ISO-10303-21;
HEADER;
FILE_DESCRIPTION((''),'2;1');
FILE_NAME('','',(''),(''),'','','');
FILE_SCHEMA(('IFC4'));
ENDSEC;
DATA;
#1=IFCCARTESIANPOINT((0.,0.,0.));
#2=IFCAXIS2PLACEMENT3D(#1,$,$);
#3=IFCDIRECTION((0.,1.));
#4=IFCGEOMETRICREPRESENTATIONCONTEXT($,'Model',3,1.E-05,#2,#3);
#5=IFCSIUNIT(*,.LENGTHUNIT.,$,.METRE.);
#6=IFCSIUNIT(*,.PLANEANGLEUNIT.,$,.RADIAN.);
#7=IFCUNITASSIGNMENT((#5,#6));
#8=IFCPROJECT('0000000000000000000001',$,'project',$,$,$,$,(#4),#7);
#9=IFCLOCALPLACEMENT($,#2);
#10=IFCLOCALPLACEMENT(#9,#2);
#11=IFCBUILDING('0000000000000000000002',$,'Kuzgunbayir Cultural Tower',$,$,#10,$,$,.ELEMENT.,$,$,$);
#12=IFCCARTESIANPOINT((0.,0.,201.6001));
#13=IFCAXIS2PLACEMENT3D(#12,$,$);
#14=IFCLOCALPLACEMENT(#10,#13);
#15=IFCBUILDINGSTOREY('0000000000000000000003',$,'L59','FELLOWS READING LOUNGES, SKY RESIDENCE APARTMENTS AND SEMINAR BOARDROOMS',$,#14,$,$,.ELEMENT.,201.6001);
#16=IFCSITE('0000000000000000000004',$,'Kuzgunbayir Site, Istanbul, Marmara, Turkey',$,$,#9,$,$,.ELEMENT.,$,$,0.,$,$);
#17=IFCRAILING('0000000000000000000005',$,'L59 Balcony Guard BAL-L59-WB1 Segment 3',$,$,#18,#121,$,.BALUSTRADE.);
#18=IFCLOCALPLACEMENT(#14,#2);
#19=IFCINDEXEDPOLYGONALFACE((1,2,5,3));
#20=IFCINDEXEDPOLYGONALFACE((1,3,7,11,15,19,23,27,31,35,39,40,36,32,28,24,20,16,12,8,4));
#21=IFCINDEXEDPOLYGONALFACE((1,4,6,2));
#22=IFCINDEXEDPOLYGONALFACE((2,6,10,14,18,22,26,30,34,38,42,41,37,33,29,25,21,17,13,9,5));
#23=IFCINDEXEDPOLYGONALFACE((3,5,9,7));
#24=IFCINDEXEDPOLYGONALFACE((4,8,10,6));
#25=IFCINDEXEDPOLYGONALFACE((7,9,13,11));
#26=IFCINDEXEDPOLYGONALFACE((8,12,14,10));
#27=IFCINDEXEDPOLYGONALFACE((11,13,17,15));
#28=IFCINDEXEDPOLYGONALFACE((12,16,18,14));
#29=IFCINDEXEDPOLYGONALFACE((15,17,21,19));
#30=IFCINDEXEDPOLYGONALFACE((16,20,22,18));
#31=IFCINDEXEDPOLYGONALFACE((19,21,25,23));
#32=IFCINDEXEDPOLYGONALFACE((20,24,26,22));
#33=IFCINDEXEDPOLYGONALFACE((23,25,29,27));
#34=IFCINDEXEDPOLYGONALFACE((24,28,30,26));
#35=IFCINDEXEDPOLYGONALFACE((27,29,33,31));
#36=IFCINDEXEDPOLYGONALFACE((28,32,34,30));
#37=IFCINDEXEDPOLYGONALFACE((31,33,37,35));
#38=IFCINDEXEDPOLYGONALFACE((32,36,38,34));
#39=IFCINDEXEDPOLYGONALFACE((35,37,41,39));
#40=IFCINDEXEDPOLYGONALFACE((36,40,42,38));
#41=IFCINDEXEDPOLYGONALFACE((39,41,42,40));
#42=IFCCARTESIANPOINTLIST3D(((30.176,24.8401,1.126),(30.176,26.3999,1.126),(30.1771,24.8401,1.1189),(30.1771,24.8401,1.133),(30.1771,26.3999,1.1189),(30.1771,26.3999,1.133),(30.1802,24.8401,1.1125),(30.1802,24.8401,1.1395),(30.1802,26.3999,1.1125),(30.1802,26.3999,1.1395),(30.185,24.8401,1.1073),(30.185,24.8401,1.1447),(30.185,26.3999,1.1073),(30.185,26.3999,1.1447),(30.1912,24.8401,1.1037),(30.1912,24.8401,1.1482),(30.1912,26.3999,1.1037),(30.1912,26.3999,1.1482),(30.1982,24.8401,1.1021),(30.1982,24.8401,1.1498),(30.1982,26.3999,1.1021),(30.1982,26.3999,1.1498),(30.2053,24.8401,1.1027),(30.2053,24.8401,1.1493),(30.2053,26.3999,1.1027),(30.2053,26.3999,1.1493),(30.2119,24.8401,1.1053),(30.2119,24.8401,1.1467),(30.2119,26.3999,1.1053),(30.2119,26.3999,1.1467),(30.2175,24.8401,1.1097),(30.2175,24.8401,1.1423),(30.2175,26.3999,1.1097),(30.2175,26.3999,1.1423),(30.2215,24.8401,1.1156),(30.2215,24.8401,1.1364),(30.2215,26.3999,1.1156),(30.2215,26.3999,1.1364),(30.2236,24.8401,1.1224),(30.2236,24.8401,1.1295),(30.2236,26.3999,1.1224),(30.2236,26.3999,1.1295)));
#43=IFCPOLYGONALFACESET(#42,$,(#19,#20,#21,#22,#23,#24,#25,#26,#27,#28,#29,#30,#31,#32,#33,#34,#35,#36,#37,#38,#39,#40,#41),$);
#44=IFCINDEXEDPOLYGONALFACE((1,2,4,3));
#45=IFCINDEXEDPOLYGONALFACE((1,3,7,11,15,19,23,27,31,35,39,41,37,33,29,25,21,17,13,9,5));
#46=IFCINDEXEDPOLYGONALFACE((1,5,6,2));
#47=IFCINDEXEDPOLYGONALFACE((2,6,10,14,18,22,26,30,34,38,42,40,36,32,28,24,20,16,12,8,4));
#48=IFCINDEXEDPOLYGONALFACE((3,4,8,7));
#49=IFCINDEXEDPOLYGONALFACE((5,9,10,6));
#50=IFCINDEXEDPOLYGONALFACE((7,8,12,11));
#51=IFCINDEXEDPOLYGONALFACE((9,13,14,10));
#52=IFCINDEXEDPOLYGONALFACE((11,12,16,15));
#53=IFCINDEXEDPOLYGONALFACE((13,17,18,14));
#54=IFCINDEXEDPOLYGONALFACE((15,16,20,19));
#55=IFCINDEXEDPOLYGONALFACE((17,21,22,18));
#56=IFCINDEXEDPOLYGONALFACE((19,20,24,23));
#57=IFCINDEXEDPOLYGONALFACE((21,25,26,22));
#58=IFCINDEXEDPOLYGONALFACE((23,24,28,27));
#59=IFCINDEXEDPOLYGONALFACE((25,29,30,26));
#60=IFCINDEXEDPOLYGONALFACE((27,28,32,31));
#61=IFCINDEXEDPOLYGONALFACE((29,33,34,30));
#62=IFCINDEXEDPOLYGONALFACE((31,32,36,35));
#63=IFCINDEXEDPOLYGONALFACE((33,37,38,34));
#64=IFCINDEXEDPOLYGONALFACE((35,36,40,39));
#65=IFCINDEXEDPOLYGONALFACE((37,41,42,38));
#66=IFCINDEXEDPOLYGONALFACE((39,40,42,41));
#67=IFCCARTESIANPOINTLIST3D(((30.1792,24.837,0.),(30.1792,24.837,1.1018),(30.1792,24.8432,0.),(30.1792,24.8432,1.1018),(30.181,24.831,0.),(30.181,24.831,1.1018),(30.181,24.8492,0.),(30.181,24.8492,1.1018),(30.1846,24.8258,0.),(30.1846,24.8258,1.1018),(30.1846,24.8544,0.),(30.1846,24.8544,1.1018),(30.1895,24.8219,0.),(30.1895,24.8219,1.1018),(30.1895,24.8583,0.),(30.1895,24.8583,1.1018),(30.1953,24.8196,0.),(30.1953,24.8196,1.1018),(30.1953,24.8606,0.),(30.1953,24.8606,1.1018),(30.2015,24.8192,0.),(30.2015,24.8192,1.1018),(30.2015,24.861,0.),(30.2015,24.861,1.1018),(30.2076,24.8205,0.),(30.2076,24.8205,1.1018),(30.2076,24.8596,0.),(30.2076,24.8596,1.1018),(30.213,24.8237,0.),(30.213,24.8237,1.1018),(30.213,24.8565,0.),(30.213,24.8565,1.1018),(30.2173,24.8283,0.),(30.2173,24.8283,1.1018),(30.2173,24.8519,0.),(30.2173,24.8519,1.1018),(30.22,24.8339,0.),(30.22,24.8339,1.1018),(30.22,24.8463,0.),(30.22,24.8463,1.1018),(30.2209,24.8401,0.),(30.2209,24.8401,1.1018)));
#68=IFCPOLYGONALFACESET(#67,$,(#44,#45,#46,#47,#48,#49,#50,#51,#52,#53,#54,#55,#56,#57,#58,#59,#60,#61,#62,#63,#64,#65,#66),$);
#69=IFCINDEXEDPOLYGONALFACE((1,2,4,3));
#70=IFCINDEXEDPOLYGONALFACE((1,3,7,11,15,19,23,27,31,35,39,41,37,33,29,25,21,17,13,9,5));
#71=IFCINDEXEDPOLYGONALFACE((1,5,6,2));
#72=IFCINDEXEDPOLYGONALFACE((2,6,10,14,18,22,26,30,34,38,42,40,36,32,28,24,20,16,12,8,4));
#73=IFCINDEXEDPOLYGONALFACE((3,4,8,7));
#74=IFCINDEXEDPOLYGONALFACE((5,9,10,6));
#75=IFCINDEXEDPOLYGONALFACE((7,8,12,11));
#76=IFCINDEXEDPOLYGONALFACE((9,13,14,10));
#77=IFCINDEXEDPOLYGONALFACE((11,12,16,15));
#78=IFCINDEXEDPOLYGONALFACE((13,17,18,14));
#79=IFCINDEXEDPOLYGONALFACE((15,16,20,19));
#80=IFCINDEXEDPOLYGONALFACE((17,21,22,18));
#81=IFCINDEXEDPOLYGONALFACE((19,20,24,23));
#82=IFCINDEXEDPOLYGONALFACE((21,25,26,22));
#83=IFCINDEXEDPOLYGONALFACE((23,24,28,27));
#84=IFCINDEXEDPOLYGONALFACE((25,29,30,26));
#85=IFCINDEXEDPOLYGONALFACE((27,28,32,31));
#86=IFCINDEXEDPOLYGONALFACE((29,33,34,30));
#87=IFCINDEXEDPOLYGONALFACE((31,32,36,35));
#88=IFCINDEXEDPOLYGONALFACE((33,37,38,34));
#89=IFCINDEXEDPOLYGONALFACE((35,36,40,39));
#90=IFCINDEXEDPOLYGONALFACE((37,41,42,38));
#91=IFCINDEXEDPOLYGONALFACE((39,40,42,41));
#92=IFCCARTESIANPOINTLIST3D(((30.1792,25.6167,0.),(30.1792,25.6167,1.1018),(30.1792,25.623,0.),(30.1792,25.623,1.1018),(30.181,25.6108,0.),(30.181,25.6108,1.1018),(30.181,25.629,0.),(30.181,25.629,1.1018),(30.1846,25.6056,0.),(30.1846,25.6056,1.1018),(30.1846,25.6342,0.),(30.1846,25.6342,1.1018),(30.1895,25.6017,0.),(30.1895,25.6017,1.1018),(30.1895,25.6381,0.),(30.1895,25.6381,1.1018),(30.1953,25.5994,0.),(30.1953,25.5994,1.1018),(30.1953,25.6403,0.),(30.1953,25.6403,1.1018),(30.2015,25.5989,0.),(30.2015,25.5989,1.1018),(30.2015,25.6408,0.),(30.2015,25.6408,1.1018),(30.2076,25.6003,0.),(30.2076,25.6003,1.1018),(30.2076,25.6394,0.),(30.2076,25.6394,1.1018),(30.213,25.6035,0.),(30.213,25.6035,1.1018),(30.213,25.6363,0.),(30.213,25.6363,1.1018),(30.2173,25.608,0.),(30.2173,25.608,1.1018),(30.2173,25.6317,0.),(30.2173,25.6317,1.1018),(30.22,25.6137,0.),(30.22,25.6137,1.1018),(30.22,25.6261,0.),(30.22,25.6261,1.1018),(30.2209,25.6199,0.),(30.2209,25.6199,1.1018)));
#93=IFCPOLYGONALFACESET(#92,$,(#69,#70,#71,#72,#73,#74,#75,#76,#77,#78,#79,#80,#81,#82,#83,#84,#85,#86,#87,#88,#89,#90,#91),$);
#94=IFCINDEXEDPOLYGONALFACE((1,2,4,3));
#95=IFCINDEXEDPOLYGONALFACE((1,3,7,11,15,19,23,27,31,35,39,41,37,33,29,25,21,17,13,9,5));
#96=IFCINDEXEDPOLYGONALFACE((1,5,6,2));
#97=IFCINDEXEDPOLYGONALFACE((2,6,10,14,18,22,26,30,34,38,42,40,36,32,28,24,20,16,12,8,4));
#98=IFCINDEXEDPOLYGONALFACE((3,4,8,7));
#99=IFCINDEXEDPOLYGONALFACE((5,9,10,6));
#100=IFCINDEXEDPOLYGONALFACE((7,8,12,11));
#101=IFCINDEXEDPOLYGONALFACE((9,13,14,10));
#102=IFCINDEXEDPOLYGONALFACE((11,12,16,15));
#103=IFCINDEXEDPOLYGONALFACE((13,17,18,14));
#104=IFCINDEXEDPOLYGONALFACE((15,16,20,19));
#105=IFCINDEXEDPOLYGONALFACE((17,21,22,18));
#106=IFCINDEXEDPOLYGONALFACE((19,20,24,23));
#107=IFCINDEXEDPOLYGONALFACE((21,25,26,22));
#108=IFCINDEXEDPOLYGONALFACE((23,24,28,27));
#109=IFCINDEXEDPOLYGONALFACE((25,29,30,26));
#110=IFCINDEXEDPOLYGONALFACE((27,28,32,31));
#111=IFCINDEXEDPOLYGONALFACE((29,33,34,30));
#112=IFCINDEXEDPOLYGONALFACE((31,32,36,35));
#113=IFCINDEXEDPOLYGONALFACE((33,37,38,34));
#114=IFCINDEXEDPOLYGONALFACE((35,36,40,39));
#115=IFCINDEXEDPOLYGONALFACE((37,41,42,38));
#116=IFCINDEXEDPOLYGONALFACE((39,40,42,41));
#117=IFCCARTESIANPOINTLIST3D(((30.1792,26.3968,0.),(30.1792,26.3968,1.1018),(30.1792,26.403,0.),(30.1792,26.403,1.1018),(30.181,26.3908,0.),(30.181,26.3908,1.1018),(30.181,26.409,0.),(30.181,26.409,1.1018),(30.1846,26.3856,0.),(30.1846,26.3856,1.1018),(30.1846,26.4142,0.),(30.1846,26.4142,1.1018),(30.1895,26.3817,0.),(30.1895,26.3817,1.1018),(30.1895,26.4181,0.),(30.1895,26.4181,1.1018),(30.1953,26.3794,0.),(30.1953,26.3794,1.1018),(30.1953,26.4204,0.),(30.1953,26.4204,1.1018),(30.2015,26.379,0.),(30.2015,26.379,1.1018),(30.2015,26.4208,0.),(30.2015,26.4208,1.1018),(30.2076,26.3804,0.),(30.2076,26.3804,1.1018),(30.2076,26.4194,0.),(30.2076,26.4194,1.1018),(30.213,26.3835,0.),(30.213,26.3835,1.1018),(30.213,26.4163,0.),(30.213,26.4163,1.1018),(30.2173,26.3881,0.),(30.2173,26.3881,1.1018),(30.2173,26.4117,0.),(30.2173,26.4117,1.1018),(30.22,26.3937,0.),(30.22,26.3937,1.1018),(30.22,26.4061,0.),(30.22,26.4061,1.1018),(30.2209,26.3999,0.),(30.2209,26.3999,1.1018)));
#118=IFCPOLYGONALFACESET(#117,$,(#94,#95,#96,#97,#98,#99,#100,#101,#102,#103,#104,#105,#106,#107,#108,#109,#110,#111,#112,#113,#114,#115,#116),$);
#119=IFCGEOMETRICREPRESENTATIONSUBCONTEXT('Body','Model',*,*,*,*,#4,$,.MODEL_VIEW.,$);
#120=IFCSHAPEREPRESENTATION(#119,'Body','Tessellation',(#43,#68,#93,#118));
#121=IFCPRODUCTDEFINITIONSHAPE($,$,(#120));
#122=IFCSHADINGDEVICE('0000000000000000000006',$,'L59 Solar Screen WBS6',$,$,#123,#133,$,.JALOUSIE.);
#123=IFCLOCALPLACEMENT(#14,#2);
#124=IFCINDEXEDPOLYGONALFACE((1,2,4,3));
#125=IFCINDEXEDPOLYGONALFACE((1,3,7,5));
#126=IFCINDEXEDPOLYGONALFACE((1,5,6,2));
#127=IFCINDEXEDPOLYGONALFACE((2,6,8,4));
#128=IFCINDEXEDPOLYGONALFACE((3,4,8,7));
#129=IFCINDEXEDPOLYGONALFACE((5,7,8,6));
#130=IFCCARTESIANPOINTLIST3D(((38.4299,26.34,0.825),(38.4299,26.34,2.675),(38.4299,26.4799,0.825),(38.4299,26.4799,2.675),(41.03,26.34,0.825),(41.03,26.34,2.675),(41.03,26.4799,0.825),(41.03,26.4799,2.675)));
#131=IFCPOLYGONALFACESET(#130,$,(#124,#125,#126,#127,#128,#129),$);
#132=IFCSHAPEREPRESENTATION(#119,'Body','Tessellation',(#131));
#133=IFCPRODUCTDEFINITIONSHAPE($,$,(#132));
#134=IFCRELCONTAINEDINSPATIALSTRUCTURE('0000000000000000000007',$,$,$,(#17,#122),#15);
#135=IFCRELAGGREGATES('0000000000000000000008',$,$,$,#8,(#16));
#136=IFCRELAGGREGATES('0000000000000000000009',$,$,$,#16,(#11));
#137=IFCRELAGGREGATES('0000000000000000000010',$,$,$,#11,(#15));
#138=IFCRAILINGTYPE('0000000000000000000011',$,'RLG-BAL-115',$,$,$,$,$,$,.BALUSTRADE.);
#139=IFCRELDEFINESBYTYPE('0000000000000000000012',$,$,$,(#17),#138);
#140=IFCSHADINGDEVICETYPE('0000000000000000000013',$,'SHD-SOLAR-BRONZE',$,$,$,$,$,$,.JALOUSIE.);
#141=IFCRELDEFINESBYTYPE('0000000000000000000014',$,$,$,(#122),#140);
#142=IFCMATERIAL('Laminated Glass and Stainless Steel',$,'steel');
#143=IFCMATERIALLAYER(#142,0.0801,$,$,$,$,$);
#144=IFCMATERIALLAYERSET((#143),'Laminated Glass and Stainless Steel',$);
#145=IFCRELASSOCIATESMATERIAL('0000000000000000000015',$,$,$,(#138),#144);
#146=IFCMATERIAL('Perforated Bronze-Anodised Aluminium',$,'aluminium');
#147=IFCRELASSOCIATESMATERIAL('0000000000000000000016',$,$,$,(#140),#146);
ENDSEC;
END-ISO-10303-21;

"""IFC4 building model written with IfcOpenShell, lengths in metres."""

from ifc_helpers import new_model, si_unit, direction, frame, origin, origin_2d, place, context, subcontext, project, spatial, rectangle, circle, extrude, material, layer, layer_set, type_object, element, save


model = new_model("IFC4")

# Units and contexts
model_context = context("Model", 3, precision=1e-05, world=origin(), true_north=direction((0.0, 1.0)))
body_context = subcontext(model_context, "Body", "Model", "MODEL_VIEW")
ifc_project = project(units=[si_unit("LENGTHUNIT", "METRE"), si_unit("PLANEANGLEUNIT", "RADIAN")], contexts=[model_context])

# Site, building, storey
site_placement = place(None, origin())
site = spatial("IfcSite", under=ifc_project, at=site_placement, Name="Kuzgunbayir Site, Istanbul, Marmara, Turkey", CompositionType="ELEMENT", RefElevation=0.0)
building_placement = place(site_placement, origin())
building = spatial("IfcBuilding", under=site, at=building_placement, Name="Kuzgunbayir Cultural Tower", CompositionType="ELEMENT")
storey_placement = place(building_placement, frame((0.0, 0.0, 201.6001)))
storey = spatial("IfcBuildingStorey", under=building, at=storey_placement, Name="L59", Description="FELLOWS READING LOUNGES, SKY RESIDENCE APARTMENTS AND SEMINAR BOARDROOMS", CompositionType="ELEMENT", Elevation=201.6001)

# Railing
ifc_material_1 = material(Name="Laminated Glass and Stainless Steel", Category="steel")
ifc_layer_1 = layer(ifc_material_1, 0.0801)
ifc_layer_set_1 = layer_set([ifc_layer_1], Name="Laminated Glass and Stainless Steel")
railing_type = type_object("IfcRailingType", Name="RLG-BAL-115", PredefinedType="BALUSTRADE", material=ifc_layer_set_1)
railing_1_placement = place(storey_placement, frame((30.2, 24.8401, 0.0)))
element("IfcRailing", 1, at=railing_1_placement, inside=storey, type_object=railing_type, Name="L59 Balcony Guard BAL-L59-WB1 Segment 3", PredefinedType="BALUSTRADE", context=body_context, shape_type="SweptSolid", body=[
    extrude(circle(Radius=0.0239, at=origin_2d()), frame((0.0, 0.0, 1.126), z_axis=(0.0, 1.0, 0.0), x_axis=(-1.0, 0.0, 0.0)), (0.0, 0.0, 1.0), 1.5598),
    extrude(circle(Radius=0.021, at=origin_2d()), origin(), (0.0, 0.0, 1.0), 1.1018),
    extrude(circle(Radius=0.021, at=origin_2d()), frame((0.0, 0.7798, 0.0)), (0.0, 0.0, 1.0), 1.1018),
    extrude(circle(Radius=0.021, at=origin_2d()), frame((0.0, 1.5598, 0.0)), (0.0, 0.0, 1.0), 1.1018),
])

# Shading device
ifc_material_2 = material(Name="Perforated Bronze-Anodised Aluminium", Category="aluminium")
shading_device_type = type_object("IfcShadingDeviceType", Name="SHD-SOLAR-BRONZE", PredefinedType="JALOUSIE", material=ifc_material_2)
shading_device_placement = place(storey_placement, frame((39.73, 26.4099, 0.825), z_axis=(0.0, 0.0, 1.0), x_axis=(1.0, 0.0, 0.0)))
element("IfcShadingDevice", 2, at=shading_device_placement, inside=storey, type_object=shading_device_type, Name="L59 Solar Screen WBS6", PredefinedType="JALOUSIE", context=body_context, shape_type="SweptSolid", body=[
    extrude(rectangle(XDim=2.6001, YDim=0.1399, at=origin_2d()), origin(), (0.0, 0.0, 1.0), 1.8501),
])

save(model, "model.ifc")
